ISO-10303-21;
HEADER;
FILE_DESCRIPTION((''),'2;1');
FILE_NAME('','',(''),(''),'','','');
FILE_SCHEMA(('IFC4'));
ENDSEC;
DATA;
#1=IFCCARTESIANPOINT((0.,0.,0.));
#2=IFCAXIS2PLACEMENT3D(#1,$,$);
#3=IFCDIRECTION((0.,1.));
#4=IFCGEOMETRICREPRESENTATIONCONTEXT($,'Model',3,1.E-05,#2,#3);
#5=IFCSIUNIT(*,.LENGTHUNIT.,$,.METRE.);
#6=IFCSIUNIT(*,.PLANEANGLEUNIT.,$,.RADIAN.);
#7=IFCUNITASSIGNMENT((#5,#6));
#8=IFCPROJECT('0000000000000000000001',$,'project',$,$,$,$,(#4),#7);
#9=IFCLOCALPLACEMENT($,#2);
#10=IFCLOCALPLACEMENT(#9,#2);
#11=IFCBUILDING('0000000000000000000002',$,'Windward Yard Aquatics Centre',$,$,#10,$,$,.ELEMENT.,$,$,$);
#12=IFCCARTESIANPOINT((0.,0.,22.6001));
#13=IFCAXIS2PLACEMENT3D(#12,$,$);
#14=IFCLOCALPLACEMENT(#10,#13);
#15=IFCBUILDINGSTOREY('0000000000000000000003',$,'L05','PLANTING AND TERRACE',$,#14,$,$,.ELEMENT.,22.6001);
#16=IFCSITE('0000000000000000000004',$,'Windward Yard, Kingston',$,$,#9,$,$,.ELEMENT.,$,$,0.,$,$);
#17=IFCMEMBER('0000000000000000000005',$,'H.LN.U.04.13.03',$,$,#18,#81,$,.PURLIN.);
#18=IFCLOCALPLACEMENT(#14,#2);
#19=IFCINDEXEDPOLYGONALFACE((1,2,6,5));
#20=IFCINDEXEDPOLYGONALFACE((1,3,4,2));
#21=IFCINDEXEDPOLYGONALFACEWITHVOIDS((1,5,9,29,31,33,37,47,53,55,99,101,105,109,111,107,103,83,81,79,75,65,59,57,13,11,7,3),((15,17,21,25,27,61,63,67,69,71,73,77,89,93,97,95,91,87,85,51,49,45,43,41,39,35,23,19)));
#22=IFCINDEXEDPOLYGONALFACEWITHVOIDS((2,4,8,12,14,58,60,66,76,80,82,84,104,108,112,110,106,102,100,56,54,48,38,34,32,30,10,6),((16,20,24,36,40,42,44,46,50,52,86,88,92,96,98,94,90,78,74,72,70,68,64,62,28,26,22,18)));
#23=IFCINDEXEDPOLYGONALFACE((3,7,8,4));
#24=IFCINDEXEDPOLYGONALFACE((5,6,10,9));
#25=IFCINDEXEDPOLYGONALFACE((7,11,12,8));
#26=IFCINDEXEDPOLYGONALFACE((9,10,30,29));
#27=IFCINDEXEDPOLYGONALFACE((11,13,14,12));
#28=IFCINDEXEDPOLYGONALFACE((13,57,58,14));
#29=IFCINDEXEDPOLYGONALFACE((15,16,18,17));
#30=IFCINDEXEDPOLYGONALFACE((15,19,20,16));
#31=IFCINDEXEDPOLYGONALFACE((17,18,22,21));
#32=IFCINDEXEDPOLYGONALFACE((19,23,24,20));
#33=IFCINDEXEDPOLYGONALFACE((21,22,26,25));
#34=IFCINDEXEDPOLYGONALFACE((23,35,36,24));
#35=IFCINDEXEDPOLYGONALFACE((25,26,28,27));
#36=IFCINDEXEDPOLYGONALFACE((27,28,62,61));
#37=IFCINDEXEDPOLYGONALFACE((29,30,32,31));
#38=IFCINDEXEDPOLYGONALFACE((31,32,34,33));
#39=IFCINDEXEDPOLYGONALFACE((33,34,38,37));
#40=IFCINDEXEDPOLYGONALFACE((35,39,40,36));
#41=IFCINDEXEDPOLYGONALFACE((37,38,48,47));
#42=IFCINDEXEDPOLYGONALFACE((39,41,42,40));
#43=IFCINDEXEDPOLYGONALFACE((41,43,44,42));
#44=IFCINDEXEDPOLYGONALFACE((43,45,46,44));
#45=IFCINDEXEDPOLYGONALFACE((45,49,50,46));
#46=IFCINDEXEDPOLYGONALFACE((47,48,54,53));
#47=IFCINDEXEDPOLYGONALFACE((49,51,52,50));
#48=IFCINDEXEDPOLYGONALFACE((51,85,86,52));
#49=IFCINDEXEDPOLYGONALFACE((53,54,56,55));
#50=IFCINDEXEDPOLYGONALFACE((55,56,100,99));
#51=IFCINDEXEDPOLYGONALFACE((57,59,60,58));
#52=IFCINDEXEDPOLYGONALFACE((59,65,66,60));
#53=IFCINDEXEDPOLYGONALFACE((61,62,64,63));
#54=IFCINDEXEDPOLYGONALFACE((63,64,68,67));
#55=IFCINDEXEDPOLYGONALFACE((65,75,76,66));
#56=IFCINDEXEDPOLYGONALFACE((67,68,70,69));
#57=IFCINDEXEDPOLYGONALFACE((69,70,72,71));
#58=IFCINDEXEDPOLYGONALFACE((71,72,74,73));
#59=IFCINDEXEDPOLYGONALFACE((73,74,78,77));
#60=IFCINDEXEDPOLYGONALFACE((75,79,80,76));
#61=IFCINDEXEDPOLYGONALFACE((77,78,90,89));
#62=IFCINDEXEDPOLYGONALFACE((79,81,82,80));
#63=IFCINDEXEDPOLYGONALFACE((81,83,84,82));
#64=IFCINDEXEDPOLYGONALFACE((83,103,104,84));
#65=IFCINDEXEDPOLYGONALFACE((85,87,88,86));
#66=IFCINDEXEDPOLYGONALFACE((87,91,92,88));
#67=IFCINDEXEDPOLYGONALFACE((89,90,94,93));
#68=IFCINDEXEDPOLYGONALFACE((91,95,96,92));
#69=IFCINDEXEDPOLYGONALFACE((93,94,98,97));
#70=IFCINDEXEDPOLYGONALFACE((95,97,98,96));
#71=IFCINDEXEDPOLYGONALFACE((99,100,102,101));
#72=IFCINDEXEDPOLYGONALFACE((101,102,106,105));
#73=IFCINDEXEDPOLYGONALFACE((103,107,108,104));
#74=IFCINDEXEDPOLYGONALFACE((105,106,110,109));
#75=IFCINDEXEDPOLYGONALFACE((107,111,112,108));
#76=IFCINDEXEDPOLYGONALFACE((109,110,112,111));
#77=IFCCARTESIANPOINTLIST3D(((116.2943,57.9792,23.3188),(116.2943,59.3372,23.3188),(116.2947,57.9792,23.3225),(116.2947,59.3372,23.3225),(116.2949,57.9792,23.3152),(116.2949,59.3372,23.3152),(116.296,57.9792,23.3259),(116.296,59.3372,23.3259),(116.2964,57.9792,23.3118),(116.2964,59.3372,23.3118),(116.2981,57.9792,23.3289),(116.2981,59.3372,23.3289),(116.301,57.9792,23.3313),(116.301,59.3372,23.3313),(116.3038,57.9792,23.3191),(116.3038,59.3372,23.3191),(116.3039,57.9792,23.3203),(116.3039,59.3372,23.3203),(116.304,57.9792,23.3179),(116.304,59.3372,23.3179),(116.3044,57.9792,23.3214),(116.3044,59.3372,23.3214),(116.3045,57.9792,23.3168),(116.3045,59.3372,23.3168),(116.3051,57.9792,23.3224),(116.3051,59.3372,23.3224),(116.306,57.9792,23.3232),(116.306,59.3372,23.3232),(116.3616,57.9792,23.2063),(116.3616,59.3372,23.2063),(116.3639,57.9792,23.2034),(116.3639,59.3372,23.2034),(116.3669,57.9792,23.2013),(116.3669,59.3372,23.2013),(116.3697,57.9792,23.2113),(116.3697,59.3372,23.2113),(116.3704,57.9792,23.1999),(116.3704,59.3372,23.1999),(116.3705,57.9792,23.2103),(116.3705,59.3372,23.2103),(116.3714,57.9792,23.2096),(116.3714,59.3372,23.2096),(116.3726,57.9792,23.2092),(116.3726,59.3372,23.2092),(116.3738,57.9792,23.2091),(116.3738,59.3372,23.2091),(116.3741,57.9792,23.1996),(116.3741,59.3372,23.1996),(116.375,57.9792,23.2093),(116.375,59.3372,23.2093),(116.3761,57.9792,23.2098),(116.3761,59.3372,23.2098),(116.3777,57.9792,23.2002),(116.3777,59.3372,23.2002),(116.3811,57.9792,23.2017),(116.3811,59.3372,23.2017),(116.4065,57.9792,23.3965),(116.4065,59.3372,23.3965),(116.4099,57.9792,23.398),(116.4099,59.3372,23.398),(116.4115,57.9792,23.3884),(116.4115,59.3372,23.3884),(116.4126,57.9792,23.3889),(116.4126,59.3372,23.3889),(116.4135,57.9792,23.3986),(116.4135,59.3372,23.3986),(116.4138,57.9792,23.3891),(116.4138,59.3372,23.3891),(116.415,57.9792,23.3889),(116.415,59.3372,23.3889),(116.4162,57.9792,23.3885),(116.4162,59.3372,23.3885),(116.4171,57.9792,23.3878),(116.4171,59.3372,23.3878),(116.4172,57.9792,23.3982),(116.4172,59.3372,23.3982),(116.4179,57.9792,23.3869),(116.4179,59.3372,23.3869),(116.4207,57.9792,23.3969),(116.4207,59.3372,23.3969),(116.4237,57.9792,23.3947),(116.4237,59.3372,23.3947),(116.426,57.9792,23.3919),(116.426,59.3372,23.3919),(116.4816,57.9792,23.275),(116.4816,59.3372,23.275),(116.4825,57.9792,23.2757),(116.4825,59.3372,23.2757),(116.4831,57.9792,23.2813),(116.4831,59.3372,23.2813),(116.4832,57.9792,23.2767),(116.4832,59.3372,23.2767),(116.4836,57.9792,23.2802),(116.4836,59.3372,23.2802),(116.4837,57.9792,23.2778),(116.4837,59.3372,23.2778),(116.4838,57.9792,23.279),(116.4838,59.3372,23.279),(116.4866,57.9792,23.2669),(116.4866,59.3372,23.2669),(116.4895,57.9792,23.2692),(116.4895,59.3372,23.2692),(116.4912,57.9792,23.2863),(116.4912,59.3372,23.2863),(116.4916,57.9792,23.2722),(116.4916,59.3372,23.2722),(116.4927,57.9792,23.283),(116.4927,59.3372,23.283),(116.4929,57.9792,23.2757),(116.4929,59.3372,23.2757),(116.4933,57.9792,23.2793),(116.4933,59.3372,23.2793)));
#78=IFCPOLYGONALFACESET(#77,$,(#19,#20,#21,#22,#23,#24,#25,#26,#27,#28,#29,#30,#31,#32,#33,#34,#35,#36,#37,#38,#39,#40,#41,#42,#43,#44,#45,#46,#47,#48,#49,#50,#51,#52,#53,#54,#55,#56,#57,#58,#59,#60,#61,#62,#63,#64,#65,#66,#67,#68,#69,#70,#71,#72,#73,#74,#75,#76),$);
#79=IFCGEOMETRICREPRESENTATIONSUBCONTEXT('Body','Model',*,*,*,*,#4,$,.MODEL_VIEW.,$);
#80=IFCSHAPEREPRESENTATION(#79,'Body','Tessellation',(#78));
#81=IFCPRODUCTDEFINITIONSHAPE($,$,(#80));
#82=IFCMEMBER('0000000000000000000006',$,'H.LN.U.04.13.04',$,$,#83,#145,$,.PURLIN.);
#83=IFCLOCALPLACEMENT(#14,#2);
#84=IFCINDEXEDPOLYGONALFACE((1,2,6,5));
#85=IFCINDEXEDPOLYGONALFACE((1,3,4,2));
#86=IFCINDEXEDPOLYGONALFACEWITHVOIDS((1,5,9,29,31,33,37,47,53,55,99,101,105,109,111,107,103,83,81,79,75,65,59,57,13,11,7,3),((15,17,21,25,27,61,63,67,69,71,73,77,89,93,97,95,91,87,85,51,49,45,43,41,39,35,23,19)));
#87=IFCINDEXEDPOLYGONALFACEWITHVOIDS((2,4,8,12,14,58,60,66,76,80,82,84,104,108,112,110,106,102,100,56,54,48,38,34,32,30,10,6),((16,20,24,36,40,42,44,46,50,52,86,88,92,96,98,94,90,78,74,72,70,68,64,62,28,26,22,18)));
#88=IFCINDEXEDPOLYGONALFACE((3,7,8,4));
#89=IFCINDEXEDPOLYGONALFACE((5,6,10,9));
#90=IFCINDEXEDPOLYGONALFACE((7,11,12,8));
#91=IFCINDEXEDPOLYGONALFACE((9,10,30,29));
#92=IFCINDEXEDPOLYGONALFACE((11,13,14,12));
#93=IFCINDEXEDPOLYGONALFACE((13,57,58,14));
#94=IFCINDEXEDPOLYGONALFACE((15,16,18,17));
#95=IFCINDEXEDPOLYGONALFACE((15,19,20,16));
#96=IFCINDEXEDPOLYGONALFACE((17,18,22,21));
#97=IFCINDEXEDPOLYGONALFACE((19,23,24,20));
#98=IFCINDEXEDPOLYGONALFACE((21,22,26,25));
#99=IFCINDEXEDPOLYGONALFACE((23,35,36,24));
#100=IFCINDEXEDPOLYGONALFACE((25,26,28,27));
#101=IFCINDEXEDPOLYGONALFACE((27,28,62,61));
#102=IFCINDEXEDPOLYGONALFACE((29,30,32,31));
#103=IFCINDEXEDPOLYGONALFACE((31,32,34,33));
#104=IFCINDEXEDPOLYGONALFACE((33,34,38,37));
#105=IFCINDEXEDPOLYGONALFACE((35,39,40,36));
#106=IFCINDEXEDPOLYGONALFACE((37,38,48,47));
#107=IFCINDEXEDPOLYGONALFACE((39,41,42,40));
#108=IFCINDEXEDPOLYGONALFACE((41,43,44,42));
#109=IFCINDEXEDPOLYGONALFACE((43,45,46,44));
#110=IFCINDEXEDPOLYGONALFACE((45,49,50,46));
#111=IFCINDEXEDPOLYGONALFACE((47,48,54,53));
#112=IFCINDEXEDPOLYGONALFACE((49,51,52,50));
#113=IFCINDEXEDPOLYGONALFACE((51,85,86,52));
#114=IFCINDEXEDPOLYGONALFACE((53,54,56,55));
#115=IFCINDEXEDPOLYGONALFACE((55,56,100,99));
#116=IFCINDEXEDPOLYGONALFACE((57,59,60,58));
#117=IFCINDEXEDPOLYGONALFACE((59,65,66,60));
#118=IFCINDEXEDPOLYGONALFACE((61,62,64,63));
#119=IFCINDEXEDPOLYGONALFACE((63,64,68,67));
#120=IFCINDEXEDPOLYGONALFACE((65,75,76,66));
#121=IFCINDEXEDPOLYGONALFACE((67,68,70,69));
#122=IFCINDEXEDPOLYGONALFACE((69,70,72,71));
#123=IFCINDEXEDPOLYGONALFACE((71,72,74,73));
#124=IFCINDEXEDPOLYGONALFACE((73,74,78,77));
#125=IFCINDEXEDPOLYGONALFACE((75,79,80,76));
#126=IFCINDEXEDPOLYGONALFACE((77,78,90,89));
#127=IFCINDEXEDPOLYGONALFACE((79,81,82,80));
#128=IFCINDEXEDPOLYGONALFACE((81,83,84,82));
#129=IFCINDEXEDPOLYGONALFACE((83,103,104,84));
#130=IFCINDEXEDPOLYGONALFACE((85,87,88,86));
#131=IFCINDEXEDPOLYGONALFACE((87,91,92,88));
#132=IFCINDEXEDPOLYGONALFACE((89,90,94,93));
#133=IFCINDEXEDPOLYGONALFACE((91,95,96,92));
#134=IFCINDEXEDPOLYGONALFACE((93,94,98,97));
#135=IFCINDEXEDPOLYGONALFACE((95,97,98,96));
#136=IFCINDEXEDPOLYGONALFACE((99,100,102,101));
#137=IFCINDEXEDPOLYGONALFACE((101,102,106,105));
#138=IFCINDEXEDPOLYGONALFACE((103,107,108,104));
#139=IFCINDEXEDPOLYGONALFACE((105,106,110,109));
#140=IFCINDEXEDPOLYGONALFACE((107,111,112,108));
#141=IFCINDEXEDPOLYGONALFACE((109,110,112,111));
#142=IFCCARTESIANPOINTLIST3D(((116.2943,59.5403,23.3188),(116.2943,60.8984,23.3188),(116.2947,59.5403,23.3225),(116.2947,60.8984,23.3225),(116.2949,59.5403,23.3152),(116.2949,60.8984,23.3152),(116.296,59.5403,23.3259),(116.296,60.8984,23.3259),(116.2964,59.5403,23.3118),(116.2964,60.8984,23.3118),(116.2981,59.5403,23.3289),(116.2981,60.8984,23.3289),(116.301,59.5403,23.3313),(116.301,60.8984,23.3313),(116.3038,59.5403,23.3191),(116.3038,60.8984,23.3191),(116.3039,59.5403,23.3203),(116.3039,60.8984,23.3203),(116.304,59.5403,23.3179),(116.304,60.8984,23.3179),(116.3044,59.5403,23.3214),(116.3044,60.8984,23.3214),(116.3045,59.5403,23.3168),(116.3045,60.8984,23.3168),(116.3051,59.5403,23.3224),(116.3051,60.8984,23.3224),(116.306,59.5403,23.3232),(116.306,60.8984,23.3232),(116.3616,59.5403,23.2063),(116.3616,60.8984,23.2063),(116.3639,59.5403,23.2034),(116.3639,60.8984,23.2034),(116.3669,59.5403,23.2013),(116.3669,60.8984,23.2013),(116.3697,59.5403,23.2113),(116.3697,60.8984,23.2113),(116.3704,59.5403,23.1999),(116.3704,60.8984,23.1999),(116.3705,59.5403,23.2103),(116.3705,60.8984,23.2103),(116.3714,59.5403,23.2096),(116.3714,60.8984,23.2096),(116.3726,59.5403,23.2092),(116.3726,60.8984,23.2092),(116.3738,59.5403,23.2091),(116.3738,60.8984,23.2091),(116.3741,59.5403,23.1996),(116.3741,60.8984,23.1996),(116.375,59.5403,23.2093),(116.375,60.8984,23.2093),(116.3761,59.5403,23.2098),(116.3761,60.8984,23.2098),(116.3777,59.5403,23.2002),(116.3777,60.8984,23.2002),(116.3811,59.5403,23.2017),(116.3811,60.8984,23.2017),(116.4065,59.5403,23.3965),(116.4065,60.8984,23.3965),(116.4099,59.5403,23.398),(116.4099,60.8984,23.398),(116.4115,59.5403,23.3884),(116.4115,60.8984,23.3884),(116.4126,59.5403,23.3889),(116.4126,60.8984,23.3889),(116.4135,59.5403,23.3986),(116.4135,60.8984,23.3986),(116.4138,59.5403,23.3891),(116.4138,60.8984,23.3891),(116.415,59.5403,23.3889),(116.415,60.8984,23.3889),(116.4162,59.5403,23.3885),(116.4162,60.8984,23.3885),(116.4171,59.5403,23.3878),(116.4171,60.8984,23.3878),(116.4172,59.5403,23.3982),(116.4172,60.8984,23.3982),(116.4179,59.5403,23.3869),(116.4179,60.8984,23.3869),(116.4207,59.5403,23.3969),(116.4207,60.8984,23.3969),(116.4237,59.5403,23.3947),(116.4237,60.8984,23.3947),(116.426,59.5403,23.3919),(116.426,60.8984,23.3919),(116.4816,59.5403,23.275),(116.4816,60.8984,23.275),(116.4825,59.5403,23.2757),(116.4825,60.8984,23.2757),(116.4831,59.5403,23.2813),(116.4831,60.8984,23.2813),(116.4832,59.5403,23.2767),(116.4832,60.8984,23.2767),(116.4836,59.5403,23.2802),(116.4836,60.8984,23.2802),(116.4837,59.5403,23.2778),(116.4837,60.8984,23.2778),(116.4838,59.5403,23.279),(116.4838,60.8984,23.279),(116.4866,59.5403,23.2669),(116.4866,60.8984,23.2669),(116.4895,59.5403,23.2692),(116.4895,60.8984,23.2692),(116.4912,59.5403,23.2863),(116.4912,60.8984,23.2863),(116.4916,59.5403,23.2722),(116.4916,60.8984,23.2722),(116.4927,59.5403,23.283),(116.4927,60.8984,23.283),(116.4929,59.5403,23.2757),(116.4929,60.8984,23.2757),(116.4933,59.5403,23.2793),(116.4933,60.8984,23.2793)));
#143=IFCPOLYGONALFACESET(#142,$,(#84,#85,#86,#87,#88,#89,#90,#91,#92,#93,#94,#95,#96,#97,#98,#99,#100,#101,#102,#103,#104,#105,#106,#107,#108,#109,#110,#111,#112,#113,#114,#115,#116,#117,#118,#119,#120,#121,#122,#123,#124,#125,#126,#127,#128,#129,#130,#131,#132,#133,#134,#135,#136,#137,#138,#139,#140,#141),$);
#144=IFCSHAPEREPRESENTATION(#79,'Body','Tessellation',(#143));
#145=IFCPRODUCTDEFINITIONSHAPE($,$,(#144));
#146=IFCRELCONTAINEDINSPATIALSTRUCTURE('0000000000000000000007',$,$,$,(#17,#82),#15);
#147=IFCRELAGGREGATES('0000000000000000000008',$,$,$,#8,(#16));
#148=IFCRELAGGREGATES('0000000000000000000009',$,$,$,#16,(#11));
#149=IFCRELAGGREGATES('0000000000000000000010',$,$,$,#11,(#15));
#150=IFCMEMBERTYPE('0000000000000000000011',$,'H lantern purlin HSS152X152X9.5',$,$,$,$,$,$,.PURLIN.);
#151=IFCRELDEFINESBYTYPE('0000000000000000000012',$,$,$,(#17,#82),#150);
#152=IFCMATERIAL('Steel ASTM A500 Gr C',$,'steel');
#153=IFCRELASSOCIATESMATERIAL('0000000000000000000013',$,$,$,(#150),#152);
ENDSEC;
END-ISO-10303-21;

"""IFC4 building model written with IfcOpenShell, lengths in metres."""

from ifc_helpers import new_model, si_unit, direction, frame, origin, origin_2d, place, context, subcontext, project, spatial, hollow_rectangle, extrude, material, material_profile, profile_set, type_object, element, save


model = new_model("IFC4")

# Units and contexts
model_context = context("Model", 3, precision=1e-05, world=origin(), true_north=direction((0.0, 1.0)))
body_context = subcontext(model_context, "Body", "Model", "MODEL_VIEW")
ifc_project = project(units=[si_unit("LENGTHUNIT", "METRE"), si_unit("PLANEANGLEUNIT", "RADIAN")], contexts=[model_context])

# Site, building, storey
site_placement = place(None, origin())
site = spatial("IfcSite", under=ifc_project, at=site_placement, Name="Windward Yard, Kingston", CompositionType="ELEMENT", RefElevation=0.0)
building_placement = place(site_placement, origin())
building = spatial("IfcBuilding", under=site, at=building_placement, Name="Windward Yard Aquatics Centre", CompositionType="ELEMENT")
storey_placement = place(building_placement, frame((0.0, 0.0, 22.6001)))
storey = spatial("IfcBuildingStorey", under=building, at=storey_placement, Name="L05", Description="PLANTING AND TERRACE", CompositionType="ELEMENT", Elevation=22.6001)

# Members
ifc_material_1 = material(Name="Steel ASTM A500 Gr C", Category="steel")
ifc_material_profile = material_profile(ifc_material_1, hollow_rectangle(XDim=0.1523, YDim=0.1523, WallThickness=0.0095, InnerFilletRadius=0.0046, OuterFilletRadius=0.0142, at=origin_2d()), Name="HSS152X152X9.5")
ifc_profile_set = profile_set([ifc_material_profile], Name="Steel ASTM A500 Gr C")
member_type = type_object("IfcMemberType", Name="H lantern purlin HSS152X152X9.5", PredefinedType="PURLIN", material=ifc_profile_set)
member_1_placement = place(storey_placement, frame((116.3938, 57.9792, 23.2991), z_axis=(0.0, 1.0, 0.0), x_axis=(-0.850755, 0.0, -0.525562)))
element("IfcMember", 1, at=member_1_placement, inside=storey, type_object=member_type, Name="H.LN.U.04.13.03", PredefinedType="PURLIN", context=body_context, shape_type="SweptSolid", body=[
    extrude(hollow_rectangle(XDim=0.1523, YDim=0.1523, WallThickness=0.0095, InnerFilletRadius=0.0046, OuterFilletRadius=0.0142, at=origin_2d()), origin(), (0.0, 0.0, 1.0), 1.3579),
])
member_2_placement = place(storey_placement, frame((116.3938, 59.5403, 23.2991), z_axis=(0.0, 1.0, 0.0), x_axis=(-0.850755, 0.0, -0.525562)))
element("IfcMember", 2, at=member_2_placement, inside=storey, type_object=member_type, Name="H.LN.U.04.13.04", PredefinedType="PURLIN", context=body_context, shape_type="SweptSolid", body=[
    extrude(hollow_rectangle(XDim=0.1523, YDim=0.1523, WallThickness=0.0095, InnerFilletRadius=0.0046, OuterFilletRadius=0.0142, at=origin_2d()), origin(), (0.0, 0.0, 1.0), 1.3582),
])

save(model, "model.ifc")
